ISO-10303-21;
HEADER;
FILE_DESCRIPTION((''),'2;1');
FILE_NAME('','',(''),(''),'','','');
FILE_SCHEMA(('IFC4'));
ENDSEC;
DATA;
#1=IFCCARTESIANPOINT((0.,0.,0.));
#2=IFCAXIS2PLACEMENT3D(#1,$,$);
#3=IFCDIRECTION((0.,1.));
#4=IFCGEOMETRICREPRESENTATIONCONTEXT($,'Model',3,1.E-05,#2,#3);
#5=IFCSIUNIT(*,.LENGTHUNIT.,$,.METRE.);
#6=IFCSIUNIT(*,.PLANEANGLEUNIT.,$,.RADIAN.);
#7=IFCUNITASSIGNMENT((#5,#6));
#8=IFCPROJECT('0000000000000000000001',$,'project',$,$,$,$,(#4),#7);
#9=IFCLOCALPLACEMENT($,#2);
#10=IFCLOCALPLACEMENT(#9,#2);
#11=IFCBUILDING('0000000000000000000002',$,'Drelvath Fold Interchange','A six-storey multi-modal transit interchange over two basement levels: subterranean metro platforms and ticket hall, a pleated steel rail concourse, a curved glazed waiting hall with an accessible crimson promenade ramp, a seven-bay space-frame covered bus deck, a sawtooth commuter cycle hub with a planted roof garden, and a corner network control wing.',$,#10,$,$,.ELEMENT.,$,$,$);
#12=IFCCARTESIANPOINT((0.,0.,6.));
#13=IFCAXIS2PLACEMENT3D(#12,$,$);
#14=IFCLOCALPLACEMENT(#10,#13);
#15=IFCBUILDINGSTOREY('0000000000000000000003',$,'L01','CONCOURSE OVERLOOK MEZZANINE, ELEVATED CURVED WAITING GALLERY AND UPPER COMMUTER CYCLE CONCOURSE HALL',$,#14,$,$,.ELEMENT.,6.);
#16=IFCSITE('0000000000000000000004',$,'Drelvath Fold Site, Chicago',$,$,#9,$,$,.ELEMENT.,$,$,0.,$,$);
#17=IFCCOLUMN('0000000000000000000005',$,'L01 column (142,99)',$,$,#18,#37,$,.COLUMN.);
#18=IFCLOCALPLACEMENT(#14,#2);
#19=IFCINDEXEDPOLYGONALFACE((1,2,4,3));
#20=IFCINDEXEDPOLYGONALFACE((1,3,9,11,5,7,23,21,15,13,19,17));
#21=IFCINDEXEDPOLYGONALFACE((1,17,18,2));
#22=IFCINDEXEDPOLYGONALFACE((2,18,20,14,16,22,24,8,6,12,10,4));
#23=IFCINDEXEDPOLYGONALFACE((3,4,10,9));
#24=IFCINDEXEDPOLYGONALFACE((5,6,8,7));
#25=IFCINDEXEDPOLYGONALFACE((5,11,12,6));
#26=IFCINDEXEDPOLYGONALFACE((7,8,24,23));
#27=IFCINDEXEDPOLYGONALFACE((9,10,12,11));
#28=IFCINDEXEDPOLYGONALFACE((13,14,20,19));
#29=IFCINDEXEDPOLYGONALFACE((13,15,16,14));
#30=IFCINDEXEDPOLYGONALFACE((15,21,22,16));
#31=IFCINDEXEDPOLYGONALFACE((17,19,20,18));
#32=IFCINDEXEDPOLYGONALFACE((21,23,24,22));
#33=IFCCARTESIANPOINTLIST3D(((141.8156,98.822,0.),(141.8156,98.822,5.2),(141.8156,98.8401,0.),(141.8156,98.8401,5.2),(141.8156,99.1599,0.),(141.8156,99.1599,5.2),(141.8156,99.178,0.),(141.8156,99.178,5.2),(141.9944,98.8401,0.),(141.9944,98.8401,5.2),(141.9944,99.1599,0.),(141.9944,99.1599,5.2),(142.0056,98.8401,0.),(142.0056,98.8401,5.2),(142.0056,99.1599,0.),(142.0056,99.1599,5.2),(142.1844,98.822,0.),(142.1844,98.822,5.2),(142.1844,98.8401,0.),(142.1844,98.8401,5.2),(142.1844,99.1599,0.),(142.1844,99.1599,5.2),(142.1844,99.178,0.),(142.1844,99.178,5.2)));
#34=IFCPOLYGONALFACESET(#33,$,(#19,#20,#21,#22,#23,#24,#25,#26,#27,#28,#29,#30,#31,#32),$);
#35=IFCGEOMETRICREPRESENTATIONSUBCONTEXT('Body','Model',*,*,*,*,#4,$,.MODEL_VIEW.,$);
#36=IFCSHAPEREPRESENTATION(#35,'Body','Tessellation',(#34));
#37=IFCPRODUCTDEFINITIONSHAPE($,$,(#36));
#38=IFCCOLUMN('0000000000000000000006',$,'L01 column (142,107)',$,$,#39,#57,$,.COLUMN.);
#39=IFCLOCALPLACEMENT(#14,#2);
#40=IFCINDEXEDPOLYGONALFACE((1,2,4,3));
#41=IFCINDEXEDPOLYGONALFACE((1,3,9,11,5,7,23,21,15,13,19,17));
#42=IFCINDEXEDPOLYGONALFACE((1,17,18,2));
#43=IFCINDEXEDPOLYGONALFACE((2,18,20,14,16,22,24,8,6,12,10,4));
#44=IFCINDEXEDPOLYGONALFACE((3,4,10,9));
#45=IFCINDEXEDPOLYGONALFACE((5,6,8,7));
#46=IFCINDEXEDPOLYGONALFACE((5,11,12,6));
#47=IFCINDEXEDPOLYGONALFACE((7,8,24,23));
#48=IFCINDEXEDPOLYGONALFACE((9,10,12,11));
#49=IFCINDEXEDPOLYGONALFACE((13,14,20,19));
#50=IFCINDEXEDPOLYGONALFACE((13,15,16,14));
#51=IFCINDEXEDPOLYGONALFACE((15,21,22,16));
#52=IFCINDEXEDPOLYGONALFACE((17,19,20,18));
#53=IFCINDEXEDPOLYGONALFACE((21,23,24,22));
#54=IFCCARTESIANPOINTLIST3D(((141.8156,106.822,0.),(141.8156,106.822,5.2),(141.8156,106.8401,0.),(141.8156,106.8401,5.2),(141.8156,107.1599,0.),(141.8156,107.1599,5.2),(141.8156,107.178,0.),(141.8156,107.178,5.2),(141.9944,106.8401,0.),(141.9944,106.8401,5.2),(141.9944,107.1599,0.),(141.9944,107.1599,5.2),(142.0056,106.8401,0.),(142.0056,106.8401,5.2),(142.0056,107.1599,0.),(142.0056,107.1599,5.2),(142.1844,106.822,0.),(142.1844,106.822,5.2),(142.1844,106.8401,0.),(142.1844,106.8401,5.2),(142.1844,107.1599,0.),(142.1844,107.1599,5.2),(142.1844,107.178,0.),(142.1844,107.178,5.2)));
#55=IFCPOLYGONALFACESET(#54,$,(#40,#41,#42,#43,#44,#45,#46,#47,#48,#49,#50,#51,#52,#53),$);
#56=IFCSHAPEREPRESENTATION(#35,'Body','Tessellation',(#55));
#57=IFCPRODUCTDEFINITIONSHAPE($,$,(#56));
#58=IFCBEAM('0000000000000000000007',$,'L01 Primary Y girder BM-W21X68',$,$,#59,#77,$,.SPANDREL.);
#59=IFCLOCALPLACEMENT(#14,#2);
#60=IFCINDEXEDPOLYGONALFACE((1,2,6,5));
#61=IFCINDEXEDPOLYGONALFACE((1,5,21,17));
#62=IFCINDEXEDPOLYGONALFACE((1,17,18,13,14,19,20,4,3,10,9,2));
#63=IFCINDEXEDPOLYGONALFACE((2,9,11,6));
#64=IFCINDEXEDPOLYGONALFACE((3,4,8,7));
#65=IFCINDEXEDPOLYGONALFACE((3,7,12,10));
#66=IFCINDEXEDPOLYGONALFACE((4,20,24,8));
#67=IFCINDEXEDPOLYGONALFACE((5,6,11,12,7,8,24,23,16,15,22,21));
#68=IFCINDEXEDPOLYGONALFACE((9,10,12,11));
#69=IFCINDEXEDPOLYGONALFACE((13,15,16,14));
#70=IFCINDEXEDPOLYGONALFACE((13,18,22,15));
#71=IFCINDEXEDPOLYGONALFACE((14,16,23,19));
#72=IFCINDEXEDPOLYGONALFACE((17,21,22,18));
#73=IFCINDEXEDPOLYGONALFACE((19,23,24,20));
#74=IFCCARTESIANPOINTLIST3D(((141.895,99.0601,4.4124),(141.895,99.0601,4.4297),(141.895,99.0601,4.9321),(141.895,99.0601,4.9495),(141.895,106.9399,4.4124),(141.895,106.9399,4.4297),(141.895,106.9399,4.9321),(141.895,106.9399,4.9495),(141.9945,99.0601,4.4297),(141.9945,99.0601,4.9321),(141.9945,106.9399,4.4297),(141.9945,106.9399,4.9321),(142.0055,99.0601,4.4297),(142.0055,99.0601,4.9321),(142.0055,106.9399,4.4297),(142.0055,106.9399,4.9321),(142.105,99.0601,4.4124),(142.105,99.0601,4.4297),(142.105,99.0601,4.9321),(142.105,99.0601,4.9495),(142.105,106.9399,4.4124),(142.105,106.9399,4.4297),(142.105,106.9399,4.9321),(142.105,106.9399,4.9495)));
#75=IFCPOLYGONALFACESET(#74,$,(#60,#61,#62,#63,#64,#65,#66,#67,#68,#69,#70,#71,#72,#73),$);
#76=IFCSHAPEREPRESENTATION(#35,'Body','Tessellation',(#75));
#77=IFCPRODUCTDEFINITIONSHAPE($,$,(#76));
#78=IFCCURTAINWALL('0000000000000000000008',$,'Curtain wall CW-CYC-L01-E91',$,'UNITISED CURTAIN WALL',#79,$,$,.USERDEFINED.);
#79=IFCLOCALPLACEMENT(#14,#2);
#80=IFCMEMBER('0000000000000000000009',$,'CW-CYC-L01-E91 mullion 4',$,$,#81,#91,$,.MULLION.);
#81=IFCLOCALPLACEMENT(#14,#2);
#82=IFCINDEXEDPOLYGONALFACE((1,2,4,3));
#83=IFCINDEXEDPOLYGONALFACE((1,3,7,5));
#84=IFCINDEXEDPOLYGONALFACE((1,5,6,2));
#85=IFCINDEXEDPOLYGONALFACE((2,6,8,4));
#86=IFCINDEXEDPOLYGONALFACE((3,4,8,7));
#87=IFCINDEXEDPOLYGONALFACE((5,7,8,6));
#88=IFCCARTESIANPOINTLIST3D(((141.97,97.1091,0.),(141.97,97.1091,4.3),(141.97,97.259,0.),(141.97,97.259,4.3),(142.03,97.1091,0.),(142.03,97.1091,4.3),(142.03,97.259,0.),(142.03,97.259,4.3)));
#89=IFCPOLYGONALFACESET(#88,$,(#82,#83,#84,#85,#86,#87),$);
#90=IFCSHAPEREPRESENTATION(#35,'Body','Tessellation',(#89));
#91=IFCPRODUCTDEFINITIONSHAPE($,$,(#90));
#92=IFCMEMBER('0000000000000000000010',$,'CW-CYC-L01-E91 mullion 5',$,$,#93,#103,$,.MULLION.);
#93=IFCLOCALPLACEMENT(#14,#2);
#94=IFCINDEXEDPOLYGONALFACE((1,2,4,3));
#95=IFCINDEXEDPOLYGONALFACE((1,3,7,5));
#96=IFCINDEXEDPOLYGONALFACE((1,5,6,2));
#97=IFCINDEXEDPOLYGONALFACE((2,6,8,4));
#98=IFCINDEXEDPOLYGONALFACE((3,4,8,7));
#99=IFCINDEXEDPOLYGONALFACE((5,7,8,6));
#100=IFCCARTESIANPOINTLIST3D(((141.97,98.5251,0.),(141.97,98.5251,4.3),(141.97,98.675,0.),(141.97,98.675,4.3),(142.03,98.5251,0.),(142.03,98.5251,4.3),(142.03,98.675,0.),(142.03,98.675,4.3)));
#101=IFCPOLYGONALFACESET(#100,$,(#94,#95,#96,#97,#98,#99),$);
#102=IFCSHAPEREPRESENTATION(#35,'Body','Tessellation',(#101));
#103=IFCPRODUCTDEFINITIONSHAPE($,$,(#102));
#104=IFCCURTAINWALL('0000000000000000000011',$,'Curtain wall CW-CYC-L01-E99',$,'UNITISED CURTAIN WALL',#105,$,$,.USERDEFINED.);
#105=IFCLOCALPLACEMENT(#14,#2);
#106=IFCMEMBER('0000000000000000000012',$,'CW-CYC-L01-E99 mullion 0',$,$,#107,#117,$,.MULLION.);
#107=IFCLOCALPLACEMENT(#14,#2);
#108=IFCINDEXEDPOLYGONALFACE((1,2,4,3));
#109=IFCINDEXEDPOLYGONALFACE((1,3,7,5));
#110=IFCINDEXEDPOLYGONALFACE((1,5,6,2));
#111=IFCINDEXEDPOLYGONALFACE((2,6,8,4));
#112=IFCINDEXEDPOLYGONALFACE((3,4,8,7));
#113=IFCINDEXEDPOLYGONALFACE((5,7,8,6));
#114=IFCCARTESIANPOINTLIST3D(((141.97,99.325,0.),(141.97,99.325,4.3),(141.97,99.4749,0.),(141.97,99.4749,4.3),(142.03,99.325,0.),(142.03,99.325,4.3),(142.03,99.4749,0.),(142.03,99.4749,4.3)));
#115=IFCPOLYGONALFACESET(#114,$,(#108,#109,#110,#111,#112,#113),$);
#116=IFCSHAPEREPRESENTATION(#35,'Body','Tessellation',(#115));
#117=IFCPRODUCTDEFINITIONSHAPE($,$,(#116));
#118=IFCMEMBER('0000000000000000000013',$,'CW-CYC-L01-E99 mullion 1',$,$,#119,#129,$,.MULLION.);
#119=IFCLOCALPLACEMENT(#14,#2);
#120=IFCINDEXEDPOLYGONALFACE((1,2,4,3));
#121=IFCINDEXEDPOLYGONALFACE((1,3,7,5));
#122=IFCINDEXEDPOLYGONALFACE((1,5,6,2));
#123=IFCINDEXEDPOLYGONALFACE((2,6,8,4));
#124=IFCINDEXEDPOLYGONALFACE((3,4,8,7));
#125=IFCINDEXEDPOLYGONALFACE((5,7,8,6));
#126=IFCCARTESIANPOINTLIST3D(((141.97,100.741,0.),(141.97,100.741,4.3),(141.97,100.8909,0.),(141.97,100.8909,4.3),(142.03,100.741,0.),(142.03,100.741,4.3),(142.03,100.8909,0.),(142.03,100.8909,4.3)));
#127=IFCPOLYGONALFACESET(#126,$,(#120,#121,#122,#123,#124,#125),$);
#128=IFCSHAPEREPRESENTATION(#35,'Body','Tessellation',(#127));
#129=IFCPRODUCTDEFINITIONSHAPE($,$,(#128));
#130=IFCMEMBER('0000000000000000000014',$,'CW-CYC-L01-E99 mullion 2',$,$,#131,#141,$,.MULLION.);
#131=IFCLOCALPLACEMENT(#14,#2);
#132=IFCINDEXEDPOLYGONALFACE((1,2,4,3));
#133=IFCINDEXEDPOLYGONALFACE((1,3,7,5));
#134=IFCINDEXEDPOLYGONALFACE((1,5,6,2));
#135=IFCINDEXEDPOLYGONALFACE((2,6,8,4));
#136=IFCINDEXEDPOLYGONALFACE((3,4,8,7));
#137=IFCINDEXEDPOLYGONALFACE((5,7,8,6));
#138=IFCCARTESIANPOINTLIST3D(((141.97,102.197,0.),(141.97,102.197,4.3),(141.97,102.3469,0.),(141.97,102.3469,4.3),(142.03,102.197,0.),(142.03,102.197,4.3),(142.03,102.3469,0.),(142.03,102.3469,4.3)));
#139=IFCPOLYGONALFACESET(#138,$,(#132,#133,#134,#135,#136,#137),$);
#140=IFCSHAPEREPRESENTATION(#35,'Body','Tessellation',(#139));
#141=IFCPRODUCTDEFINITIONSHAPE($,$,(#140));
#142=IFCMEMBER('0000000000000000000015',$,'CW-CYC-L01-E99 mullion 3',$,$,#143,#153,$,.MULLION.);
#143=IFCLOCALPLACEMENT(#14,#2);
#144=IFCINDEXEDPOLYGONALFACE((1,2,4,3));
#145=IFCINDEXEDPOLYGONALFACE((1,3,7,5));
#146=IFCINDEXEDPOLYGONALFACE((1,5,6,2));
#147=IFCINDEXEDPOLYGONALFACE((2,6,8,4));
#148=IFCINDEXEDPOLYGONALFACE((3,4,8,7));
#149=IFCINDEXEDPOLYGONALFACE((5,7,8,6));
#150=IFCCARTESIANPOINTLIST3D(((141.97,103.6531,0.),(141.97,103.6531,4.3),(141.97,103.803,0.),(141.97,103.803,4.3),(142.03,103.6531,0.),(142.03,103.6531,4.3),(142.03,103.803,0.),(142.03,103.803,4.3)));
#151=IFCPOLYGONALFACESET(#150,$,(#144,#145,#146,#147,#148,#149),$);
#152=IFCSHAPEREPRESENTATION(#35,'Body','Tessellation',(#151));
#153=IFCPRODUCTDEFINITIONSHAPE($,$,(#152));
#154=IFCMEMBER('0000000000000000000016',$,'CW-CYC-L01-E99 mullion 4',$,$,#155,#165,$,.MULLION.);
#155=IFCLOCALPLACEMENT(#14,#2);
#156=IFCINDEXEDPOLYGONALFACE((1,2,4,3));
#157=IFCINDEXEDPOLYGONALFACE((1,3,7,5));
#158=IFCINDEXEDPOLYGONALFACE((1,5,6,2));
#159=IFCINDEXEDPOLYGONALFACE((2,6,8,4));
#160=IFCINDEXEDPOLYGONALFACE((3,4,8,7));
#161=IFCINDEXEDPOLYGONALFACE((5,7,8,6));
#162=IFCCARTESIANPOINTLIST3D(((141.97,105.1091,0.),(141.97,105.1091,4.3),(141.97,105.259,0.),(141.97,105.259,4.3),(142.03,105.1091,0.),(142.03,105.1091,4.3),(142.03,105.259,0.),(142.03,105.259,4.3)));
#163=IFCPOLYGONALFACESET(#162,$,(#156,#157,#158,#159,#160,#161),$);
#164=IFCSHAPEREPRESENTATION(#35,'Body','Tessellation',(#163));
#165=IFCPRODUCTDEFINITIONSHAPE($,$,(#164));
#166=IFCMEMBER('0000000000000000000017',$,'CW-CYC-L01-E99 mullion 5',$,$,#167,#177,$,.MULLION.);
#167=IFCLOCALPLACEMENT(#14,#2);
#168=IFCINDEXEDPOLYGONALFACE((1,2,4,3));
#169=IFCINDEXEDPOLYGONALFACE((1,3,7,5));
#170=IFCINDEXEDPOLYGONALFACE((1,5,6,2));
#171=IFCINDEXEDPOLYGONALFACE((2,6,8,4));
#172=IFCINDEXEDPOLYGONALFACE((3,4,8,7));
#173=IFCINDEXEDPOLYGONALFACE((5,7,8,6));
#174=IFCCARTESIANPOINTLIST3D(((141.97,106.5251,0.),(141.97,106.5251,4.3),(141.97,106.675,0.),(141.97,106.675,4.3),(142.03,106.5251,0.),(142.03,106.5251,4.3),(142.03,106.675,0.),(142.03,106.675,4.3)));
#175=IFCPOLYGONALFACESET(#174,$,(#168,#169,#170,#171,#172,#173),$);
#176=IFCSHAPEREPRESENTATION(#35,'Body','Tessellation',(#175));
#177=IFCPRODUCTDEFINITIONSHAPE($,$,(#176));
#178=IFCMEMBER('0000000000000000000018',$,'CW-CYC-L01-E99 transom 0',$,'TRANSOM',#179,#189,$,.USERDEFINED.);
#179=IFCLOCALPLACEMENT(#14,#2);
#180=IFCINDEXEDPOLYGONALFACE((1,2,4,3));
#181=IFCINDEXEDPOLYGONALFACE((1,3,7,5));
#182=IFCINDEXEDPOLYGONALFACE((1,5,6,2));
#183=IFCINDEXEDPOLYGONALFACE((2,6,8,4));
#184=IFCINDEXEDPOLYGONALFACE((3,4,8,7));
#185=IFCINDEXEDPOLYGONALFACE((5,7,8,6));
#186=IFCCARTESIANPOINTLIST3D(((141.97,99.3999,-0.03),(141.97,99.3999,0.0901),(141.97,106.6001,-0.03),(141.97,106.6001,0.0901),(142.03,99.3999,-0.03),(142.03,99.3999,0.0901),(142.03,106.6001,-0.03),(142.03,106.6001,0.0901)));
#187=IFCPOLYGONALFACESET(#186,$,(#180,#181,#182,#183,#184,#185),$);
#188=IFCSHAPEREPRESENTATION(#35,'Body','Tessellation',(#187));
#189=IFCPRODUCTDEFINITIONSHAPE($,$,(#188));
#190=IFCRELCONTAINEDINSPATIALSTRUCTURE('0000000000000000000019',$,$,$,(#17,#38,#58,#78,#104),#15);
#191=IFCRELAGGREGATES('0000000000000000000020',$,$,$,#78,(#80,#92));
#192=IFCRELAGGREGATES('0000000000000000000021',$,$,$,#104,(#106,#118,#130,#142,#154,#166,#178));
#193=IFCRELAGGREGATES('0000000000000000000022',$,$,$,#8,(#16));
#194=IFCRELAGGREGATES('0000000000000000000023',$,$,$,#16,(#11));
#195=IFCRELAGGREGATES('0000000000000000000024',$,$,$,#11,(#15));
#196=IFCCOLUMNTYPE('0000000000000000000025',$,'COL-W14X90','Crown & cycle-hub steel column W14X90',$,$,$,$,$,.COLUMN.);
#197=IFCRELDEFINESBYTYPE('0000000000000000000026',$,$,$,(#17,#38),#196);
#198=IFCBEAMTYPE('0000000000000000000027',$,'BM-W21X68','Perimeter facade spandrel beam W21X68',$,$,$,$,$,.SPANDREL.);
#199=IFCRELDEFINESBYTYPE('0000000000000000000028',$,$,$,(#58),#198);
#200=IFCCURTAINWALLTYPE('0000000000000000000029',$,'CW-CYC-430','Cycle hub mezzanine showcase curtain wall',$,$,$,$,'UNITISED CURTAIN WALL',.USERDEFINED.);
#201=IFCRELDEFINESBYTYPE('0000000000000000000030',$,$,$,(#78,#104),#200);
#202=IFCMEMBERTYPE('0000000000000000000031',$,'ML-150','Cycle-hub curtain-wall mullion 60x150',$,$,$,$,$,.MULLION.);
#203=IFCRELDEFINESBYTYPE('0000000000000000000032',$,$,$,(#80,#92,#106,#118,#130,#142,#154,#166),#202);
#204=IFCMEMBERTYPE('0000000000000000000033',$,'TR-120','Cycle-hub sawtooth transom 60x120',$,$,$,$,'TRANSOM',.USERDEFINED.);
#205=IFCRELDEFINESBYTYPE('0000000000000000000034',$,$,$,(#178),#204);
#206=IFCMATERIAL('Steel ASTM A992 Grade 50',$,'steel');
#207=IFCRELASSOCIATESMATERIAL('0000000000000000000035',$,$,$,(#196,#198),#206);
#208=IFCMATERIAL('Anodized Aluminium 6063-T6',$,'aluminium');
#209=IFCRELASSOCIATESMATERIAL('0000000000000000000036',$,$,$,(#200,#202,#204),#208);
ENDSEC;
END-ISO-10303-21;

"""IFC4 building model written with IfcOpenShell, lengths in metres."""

from ifc_helpers import new_model, si_unit, direction, frame, origin, origin_2d, place, context, subcontext, project, spatial, rectangle, i_section, extrude, material, material_profile, profile_set, type_object, element, aggregate, save


model = new_model("IFC4")

# Units and contexts
model_context = context("Model", 3, precision=1e-05, world=origin(), true_north=direction((0.0, 1.0)))
body_context = subcontext(model_context, "Body", "Model", "MODEL_VIEW")
ifc_project = project(units=[si_unit("LENGTHUNIT", "METRE"), si_unit("PLANEANGLEUNIT", "RADIAN")], contexts=[model_context])

# Site, building, storey
site_placement = place(None, origin())
site = spatial("IfcSite", under=ifc_project, at=site_placement, Name="Drelvath Fold Site, Chicago", CompositionType="ELEMENT", RefElevation=0.0)
building_placement = place(site_placement, origin())
building = spatial("IfcBuilding", under=site, at=building_placement, Name="Drelvath Fold Interchange", Description="A six-storey multi-modal transit interchange over two basement levels: subterranean metro platforms and ticket hall, a pleated steel rail concourse, a curved glazed waiting hall with an accessible crimson promenade ramp, a seven-bay space-frame covered bus deck, a sawtooth commuter cycle hub with a planted roof garden, and a corner network control wing.", CompositionType="ELEMENT")
storey_placement = place(building_placement, frame((0.0, 0.0, 6.0)))
storey = spatial("IfcBuildingStorey", under=building, at=storey_placement, Name="L01", Description="CONCOURSE OVERLOOK MEZZANINE, ELEVATED CURVED WAITING GALLERY AND UPPER COMMUTER CYCLE CONCOURSE HALL", CompositionType="ELEMENT", Elevation=6.0)

# Columns
ifc_material_1 = material(Name="Steel ASTM A992 Grade 50", Category="steel")
ifc_material_profile_1 = material_profile(ifc_material_1, i_section(OverallWidth=0.3689, OverallDepth=0.356, WebThickness=0.0112, FlangeThickness=0.0181, at=origin_2d()), Name="W14X90")
ifc_profile_set_1 = profile_set([ifc_material_profile_1], Name="Steel ASTM A992 Grade 50")
column_type = type_object("IfcColumnType", Name="COL-W14X90", Description="Crown & cycle-hub steel column W14X90", PredefinedType="COLUMN", material=ifc_profile_set_1)
for number, where, z_axis, x_axis, name in (
    (1, (142.0, 99.0, 0.0), (0.0, 0.0, 1.0), (1.0, 0.0, 0.0), "L01 column (142,99)"),
    (2, (142.0, 107.0, 0.0), (0.0, 0.0, 1.0), (1.0, 0.0, 0.0), "L01 column (142,107)"),
):
    element("IfcColumn", number, at=place(storey_placement, frame(where, z_axis=z_axis, x_axis=x_axis)), inside=storey, type_object=column_type, Name=name, PredefinedType="COLUMN", context=body_context, shape_type="SweptSolid", body=[
        extrude(i_section(OverallWidth=0.3689, OverallDepth=0.356, WebThickness=0.0112, FlangeThickness=0.0181, at=origin_2d()), origin(), (0.0, 0.0, 1.0), 5.2),
    ])

# Beam
ifc_material_profile_2 = material_profile(ifc_material_1, i_section(OverallWidth=0.21, OverallDepth=0.5371, WebThickness=0.011, FlangeThickness=0.0173, at=origin_2d()), Name="W21X68")
ifc_profile_set_2 = profile_set([ifc_material_profile_2], Name="Steel ASTM A992 Grade 50")
beam_type = type_object("IfcBeamType", Name="BM-W21X68", Description="Perimeter facade spandrel beam W21X68", PredefinedType="SPANDREL", material=ifc_profile_set_2)
beam_placement = place(storey_placement, frame((142.0, 99.0601, 4.6809), z_axis=(0.0, 1.0, 0.0), x_axis=(-1.0, 0.0, 0.0)))
element("IfcBeam", 3, at=beam_placement, inside=storey, type_object=beam_type, Name="L01 Primary Y girder BM-W21X68", PredefinedType="SPANDREL", context=body_context, shape_type="SweptSolid", body=[
    extrude(i_section(OverallWidth=0.21, OverallDepth=0.5371, WebThickness=0.011, FlangeThickness=0.0173, at=origin_2d()), origin(), (0.0, 0.0, 1.0), 7.8799),
])

# Curtain walls, members
ifc_material_2 = material(Name="Anodized Aluminium 6063-T6", Category="aluminium")
curtain_wall_type = type_object("IfcCurtainWallType", Name="CW-CYC-430", Description="Cycle hub mezzanine showcase curtain wall", ElementType="UNITISED CURTAIN WALL", PredefinedType="USERDEFINED", material=ifc_material_2)
curtain_wall_1_placement = place(storey_placement, origin())
curtain_wall_1 = element("IfcCurtainWall", 4, at=curtain_wall_1_placement, inside=storey, type_object=curtain_wall_type, Name="Curtain wall CW-CYC-L01-E91", ObjectType="UNITISED CURTAIN WALL", PredefinedType="USERDEFINED")
ifc_material_profile_3 = material_profile(ifc_material_2, rectangle(XDim=0.0601, YDim=0.1499, at=origin_2d()), Name="AL-M 60x150")
ifc_profile_set_3 = profile_set([ifc_material_profile_3], Name="Anodized Aluminium 6063-T6")
member_type_1 = type_object("IfcMemberType", Name="ML-150", Description="Cycle-hub curtain-wall mullion 60x150", PredefinedType="MULLION", material=ifc_profile_set_3)
member_1_placement = place(storey_placement, frame((142.0, 97.1841, 0.0), z_axis=(0.0, 0.0, 1.0), x_axis=(1.0, 0.0, 0.0)))
member_1 = element("IfcMember", 5, at=member_1_placement, type_object=member_type_1, Name="CW-CYC-L01-E91 mullion 4", PredefinedType="MULLION", context=body_context, shape_type="SweptSolid", body=[
    extrude(rectangle(XDim=0.0601, YDim=0.1499, at=origin_2d()), origin(), (0.0, 0.0, 1.0), 4.3),
])
member_2_placement = place(storey_placement, frame((142.0, 98.6001, 0.0), z_axis=(0.0, 0.0, 1.0), x_axis=(1.0, 0.0, 0.0)))
member_2 = element("IfcMember", 6, at=member_2_placement, type_object=member_type_1, Name="CW-CYC-L01-E91 mullion 5", PredefinedType="MULLION", context=body_context, shape_type="SweptSolid", body=[
    extrude(rectangle(XDim=0.0601, YDim=0.1499, at=origin_2d()), origin(), (0.0, 0.0, 1.0), 4.3),
])
curtain_wall_2_placement = place(storey_placement, origin())
curtain_wall_2 = element("IfcCurtainWall", 7, at=curtain_wall_2_placement, inside=storey, type_object=curtain_wall_type, Name="Curtain wall CW-CYC-L01-E99", ObjectType="UNITISED CURTAIN WALL", PredefinedType="USERDEFINED")
member_3_placement = place(storey_placement, frame((142.0, 99.3999, 0.0), z_axis=(0.0, 0.0, 1.0), x_axis=(1.0, 0.0, 0.0)))
member_3 = element("IfcMember", 8, at=member_3_placement, type_object=member_type_1, Name="CW-CYC-L01-E99 mullion 0", PredefinedType="MULLION", context=body_context, shape_type="SweptSolid", body=[
    extrude(rectangle(XDim=0.0601, YDim=0.1499, at=origin_2d()), origin(), (0.0, 0.0, 1.0), 4.3),
])
member_4_placement = place(storey_placement, frame((142.0, 100.8159, 0.0), z_axis=(0.0, 0.0, 1.0), x_axis=(1.0, 0.0, 0.0)))
member_4 = element("IfcMember", 9, at=member_4_placement, type_object=member_type_1, Name="CW-CYC-L01-E99 mullion 1", PredefinedType="MULLION", context=body_context, shape_type="SweptSolid", body=[
    extrude(rectangle(XDim=0.0601, YDim=0.1499, at=origin_2d()), origin(), (0.0, 0.0, 1.0), 4.3),
])
member_5_placement = place(storey_placement, frame((142.0, 102.272, 0.0), z_axis=(0.0, 0.0, 1.0), x_axis=(1.0, 0.0, 0.0)))
member_5 = element("IfcMember", 10, at=member_5_placement, type_object=member_type_1, Name="CW-CYC-L01-E99 mullion 2", PredefinedType="MULLION", context=body_context, shape_type="SweptSolid", body=[
    extrude(rectangle(XDim=0.0601, YDim=0.1499, at=origin_2d()), origin(), (0.0, 0.0, 1.0), 4.3),
])
member_6_placement = place(storey_placement, frame((142.0, 103.728, 0.0), z_axis=(0.0, 0.0, 1.0), x_axis=(1.0, 0.0, 0.0)))
member_6 = element("IfcMember", 11, at=member_6_placement, type_object=member_type_1, Name="CW-CYC-L01-E99 mullion 3", PredefinedType="MULLION", context=body_context, shape_type="SweptSolid", body=[
    extrude(rectangle(XDim=0.0601, YDim=0.1499, at=origin_2d()), origin(), (0.0, 0.0, 1.0), 4.3),
])
member_7_placement = place(storey_placement, frame((142.0, 105.1841, 0.0), z_axis=(0.0, 0.0, 1.0), x_axis=(1.0, 0.0, 0.0)))
member_7 = element("IfcMember", 12, at=member_7_placement, type_object=member_type_1, Name="CW-CYC-L01-E99 mullion 4", PredefinedType="MULLION", context=body_context, shape_type="SweptSolid", body=[
    extrude(rectangle(XDim=0.0601, YDim=0.1499, at=origin_2d()), origin(), (0.0, 0.0, 1.0), 4.3),
])
member_8_placement = place(storey_placement, frame((142.0, 106.6001, 0.0), z_axis=(0.0, 0.0, 1.0), x_axis=(1.0, 0.0, 0.0)))
member_8 = element("IfcMember", 13, at=member_8_placement, type_object=member_type_1, Name="CW-CYC-L01-E99 mullion 5", PredefinedType="MULLION", context=body_context, shape_type="SweptSolid", body=[
    extrude(rectangle(XDim=0.0601, YDim=0.1499, at=origin_2d()), origin(), (0.0, 0.0, 1.0), 4.3),
])
ifc_material_profile_4 = material_profile(ifc_material_2, rectangle(XDim=0.0601, YDim=0.1201, at=origin_2d()), Name="AL-T 60x120")
ifc_profile_set_4 = profile_set([ifc_material_profile_4], Name="Anodized Aluminium 6063-T6")
member_type_2 = type_object("IfcMemberType", Name="TR-120", Description="Cycle-hub sawtooth transom 60x120", ElementType="TRANSOM", PredefinedType="USERDEFINED", material=ifc_profile_set_4)
member_9_placement = place(storey_placement, frame((142.0, 99.3999, 0.03), z_axis=(0.0, 1.0, 0.0), x_axis=(-1.0, 0.0, 0.0)))
member_9 = element("IfcMember", 14, at=member_9_placement, type_object=member_type_2, Name="CW-CYC-L01-E99 transom 0", ObjectType="TRANSOM", PredefinedType="USERDEFINED", context=body_context, shape_type="SweptSolid", body=[
    extrude(rectangle(XDim=0.0601, YDim=0.1201, at=origin_2d()), origin(), (0.0, 0.0, 1.0), 7.2002),
])

aggregate(curtain_wall_1, [member_1, member_2])
aggregate(curtain_wall_2, [member_3, member_4, member_5, member_6, member_7, member_8, member_9])

save(model, "model.ifc")
